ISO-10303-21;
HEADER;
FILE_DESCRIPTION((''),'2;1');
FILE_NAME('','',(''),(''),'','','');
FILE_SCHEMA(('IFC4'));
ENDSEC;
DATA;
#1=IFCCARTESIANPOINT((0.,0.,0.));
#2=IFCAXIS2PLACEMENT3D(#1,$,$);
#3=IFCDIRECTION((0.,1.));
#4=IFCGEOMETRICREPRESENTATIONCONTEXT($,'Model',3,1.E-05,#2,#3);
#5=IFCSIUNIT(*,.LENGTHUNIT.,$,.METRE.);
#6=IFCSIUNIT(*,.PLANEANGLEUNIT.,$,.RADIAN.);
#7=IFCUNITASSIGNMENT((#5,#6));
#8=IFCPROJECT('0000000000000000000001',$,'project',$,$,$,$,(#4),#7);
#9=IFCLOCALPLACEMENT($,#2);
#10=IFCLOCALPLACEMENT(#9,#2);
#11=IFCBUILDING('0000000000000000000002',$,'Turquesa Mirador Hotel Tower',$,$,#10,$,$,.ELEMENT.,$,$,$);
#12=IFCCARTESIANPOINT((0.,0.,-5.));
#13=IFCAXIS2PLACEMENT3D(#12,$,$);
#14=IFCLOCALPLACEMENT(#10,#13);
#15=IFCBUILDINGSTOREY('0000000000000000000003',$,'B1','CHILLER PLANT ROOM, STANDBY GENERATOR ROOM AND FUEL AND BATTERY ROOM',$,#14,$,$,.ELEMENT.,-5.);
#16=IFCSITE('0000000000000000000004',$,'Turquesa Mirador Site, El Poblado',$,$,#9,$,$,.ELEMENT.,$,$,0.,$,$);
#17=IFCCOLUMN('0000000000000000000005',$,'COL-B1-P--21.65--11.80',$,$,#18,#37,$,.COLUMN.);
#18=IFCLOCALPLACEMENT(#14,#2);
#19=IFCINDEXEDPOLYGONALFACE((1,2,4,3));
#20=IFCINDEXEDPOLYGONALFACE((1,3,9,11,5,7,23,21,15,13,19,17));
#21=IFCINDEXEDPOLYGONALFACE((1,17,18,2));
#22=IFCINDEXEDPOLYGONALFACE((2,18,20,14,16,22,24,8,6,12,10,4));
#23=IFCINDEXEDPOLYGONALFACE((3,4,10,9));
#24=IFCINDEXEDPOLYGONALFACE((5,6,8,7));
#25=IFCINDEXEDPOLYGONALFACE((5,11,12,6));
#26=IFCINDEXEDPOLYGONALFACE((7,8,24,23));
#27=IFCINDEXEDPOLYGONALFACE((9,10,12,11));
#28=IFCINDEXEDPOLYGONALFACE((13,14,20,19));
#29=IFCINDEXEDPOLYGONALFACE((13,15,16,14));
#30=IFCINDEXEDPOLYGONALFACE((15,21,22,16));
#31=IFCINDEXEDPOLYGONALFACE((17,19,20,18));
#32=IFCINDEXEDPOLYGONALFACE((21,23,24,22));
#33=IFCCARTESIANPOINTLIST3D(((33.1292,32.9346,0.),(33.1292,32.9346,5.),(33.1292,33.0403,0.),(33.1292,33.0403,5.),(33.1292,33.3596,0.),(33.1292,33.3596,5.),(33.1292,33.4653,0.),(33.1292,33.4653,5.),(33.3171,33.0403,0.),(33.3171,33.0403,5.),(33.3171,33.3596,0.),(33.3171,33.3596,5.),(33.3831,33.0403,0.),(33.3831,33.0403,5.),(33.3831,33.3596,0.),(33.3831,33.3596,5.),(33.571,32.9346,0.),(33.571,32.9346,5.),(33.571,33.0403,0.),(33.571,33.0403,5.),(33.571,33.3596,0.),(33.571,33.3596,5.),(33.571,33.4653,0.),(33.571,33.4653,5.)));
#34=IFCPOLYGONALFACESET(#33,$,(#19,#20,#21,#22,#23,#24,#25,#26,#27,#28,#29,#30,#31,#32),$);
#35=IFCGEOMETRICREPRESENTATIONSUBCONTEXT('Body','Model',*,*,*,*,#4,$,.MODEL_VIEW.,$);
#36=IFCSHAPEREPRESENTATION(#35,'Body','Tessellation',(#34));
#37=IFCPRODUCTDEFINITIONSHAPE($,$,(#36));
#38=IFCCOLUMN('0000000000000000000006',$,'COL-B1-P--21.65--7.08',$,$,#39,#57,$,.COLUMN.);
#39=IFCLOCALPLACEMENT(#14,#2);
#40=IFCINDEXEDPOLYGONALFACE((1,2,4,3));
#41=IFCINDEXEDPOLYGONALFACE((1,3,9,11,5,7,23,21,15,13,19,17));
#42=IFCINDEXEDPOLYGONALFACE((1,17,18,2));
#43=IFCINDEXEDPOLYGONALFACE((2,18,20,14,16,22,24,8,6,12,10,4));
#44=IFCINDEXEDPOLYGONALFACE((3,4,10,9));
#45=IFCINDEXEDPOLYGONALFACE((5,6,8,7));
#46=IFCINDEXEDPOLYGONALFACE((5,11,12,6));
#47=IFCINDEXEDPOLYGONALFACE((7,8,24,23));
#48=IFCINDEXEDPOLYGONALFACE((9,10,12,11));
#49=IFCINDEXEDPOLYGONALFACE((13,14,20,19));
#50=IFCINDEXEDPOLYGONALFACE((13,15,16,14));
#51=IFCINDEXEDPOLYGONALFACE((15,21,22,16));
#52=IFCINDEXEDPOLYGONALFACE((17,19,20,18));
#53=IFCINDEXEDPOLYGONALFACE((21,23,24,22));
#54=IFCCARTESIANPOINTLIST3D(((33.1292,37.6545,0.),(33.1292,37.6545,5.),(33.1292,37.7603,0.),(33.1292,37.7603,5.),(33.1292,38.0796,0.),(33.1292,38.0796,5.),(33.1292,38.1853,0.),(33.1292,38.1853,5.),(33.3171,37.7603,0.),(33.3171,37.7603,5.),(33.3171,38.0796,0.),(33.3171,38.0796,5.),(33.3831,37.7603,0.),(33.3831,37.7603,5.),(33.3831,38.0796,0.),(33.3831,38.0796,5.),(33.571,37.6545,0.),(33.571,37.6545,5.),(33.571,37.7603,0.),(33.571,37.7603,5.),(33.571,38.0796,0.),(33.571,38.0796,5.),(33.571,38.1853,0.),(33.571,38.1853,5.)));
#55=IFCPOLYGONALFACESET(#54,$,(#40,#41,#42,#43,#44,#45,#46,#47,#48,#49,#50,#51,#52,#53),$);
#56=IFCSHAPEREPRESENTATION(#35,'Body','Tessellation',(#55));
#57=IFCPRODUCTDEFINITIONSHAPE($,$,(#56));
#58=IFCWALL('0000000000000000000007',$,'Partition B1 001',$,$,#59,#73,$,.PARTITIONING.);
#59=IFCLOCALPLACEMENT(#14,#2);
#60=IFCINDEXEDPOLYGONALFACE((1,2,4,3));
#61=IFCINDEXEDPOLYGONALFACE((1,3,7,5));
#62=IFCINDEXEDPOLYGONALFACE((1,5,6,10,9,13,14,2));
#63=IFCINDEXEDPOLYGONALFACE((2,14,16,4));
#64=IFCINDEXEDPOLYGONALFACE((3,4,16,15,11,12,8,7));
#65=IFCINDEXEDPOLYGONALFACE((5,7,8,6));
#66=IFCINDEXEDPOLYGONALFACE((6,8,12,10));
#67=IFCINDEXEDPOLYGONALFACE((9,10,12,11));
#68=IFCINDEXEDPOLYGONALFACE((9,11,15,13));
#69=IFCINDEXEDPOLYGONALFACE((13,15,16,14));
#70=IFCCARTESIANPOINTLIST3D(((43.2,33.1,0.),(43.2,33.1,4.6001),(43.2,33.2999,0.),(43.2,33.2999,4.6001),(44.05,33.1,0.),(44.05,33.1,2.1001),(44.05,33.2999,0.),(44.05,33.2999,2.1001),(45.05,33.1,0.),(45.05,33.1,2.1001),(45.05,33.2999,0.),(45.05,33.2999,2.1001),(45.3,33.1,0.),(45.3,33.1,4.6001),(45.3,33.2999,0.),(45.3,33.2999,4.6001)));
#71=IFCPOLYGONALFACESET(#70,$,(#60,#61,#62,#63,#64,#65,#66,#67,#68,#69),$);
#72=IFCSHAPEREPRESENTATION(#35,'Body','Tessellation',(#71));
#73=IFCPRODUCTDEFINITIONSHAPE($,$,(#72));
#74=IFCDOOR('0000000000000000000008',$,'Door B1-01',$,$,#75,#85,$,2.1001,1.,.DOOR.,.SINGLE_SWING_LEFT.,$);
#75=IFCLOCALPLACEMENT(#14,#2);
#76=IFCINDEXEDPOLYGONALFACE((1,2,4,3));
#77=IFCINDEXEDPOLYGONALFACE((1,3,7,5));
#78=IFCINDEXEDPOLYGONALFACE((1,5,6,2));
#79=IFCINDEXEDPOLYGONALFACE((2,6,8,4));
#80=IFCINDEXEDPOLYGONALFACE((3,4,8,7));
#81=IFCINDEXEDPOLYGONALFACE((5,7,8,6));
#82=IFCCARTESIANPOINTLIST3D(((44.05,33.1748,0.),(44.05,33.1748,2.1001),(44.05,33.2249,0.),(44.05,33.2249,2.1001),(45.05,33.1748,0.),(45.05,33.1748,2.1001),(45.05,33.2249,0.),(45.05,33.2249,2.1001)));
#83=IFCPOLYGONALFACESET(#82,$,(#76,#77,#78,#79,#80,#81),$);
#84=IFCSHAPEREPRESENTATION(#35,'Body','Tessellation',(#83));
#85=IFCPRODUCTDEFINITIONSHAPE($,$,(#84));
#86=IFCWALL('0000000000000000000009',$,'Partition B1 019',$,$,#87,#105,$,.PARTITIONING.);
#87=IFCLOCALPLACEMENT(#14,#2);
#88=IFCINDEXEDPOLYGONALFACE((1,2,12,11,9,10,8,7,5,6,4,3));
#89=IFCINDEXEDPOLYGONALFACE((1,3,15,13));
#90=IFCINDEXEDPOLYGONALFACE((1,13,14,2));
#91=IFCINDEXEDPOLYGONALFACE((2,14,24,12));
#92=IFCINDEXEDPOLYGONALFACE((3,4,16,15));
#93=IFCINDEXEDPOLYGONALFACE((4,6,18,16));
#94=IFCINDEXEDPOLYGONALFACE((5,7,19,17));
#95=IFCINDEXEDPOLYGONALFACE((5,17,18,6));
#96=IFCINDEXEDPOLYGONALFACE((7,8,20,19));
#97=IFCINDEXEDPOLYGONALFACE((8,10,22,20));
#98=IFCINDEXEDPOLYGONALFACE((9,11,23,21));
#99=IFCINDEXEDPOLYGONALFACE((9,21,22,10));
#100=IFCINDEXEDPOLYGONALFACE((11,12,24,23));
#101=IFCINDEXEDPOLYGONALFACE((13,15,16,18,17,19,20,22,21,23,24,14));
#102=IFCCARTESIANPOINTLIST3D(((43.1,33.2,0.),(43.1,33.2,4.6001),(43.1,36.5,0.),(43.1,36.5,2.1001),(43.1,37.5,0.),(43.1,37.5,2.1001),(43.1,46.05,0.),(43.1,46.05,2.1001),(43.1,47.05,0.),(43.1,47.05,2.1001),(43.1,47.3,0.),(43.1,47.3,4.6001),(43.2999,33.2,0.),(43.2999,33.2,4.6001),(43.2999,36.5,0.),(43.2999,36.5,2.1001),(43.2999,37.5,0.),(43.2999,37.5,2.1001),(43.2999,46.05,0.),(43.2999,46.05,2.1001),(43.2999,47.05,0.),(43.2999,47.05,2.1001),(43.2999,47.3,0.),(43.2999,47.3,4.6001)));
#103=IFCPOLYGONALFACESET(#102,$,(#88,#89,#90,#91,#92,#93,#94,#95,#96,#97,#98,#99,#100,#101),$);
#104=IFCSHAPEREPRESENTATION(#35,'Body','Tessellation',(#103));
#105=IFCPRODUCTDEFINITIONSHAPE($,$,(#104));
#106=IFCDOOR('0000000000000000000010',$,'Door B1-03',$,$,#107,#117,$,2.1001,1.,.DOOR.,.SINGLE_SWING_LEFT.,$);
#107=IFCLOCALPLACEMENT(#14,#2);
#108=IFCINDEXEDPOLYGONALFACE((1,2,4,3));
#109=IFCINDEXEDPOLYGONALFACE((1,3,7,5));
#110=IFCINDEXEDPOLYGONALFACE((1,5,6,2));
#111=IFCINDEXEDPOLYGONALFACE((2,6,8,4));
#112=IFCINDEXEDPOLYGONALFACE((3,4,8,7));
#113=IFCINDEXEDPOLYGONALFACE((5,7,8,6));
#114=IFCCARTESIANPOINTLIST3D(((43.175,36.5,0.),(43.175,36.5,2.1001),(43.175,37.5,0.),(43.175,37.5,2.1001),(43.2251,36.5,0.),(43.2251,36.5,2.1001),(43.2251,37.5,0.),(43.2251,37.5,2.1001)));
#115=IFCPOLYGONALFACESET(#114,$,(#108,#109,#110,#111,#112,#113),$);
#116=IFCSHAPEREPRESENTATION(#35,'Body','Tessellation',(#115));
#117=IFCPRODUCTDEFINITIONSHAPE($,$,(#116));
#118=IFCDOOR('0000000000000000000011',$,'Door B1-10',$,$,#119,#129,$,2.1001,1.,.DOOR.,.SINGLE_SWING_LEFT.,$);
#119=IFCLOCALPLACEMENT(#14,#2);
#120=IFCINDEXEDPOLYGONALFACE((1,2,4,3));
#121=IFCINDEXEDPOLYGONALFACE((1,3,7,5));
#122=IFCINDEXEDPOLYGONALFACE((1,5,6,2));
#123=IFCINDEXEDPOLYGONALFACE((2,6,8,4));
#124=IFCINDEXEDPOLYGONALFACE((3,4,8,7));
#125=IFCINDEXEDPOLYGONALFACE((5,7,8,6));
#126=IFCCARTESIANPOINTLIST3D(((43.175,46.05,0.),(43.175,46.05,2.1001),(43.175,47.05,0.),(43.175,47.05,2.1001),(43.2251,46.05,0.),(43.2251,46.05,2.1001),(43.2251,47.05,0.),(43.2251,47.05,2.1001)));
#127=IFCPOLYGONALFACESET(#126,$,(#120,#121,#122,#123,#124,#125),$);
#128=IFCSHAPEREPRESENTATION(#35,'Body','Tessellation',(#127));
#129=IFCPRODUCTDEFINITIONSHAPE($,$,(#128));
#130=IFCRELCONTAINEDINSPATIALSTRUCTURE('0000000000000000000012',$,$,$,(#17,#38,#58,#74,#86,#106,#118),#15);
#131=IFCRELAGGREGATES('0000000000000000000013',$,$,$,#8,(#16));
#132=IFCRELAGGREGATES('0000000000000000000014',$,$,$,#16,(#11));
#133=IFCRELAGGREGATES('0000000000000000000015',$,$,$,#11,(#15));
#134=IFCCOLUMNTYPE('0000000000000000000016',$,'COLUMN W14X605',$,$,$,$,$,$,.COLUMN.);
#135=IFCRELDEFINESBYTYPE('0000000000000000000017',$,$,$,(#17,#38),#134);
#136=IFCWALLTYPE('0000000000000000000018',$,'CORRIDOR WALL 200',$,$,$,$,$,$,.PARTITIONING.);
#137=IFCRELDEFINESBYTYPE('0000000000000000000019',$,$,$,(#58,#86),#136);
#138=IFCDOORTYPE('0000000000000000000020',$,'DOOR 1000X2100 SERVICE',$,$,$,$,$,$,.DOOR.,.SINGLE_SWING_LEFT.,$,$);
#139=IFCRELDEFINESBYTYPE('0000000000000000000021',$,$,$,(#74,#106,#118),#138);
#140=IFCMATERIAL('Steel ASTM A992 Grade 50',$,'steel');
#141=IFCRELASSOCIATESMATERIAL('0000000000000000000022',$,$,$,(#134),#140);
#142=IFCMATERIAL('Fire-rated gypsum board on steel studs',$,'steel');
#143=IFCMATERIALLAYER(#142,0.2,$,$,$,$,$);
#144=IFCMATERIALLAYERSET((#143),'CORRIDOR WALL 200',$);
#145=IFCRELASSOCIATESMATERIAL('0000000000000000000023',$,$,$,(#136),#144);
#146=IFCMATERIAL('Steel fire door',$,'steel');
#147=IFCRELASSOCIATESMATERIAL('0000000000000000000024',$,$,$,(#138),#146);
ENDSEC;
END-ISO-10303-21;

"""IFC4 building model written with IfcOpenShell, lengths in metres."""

from ifc_helpers import new_model, si_unit, direction, frame, frame_2d, origin, origin_2d, place, context, subcontext, project, spatial, rectangle, i_section, extrude, material, layer, layer_set, material_profile, profile_set, type_object, element, fill, save


model = new_model("IFC4")

# Units and contexts
model_context = context("Model", 3, precision=1e-05, world=origin(), true_north=direction((0.0, 1.0)))
body_context = subcontext(model_context, "Body", "Model", "MODEL_VIEW")
ifc_project = project(units=[si_unit("LENGTHUNIT", "METRE"), si_unit("PLANEANGLEUNIT", "RADIAN")], contexts=[model_context])

# Site, building, storey
site_placement = place(None, origin())
site = spatial("IfcSite", under=ifc_project, at=site_placement, Name="Turquesa Mirador Site, El Poblado", CompositionType="ELEMENT", RefElevation=0.0)
building_placement = place(site_placement, origin())
building = spatial("IfcBuilding", under=site, at=building_placement, Name="Turquesa Mirador Hotel Tower", CompositionType="ELEMENT")
storey_placement = place(building_placement, frame((0.0, 0.0, -5.0)))
storey = spatial("IfcBuildingStorey", under=building, at=storey_placement, Name="B1", Description="CHILLER PLANT ROOM, STANDBY GENERATOR ROOM AND FUEL AND BATTERY ROOM", CompositionType="ELEMENT", Elevation=-5.0)

# Columns
ifc_material_1 = material(Name="Steel ASTM A992 Grade 50", Category="steel")
ifc_material_profile_1 = material_profile(ifc_material_1, i_section(OverallWidth=0.4419, OverallDepth=0.5308, WebThickness=0.0659, FlangeThickness=0.1057, at=origin_2d()), Name="W14X605")
ifc_profile_set_1 = profile_set([ifc_material_profile_1], Name="Steel ASTM A992 Grade 50")
column_type_1 = type_object("IfcColumnType", Name="COLUMN W14X605", PredefinedType="COLUMN", material=ifc_profile_set_1)
for number, where, z_axis, x_axis, name in (
    (1, (33.3501, 33.2, 0.0), (0.0, 0.0, 1.0), (1.0, 0.0, 0.0), "COL-B1-P--21.65--11.80"),
    (2, (33.3501, 37.9199, 0.0), (0.0, 0.0, 1.0), (1.0, 0.0, 0.0), "COL-B1-P--21.65--7.08"),
):
    element("IfcColumn", number, at=place(storey_placement, frame(where, z_axis=z_axis, x_axis=x_axis)), inside=storey, type_object=column_type_1, Name=name, PredefinedType="COLUMN", context=body_context, shape_type="SweptSolid", body=[
        extrude(i_section(OverallWidth=0.4419, OverallDepth=0.5308, WebThickness=0.0659, FlangeThickness=0.1057, at=origin_2d()), origin(), (0.0, 0.0, 1.0), 5.0),
    ])

# Wall, opening, door
ifc_material_2 = material(Name="Fire-rated gypsum board on steel studs", Category="steel")
ifc_layer = layer(ifc_material_2, 0.2)
ifc_layer_set = layer_set([ifc_layer], Name="CORRIDOR WALL 200")
wall_type = type_object("IfcWallType", Name="CORRIDOR WALL 200", PredefinedType="PARTITIONING", material=ifc_layer_set)
wall_1_placement = place(storey_placement, frame((43.2, 33.2, 0.0), z_axis=(0.0, 0.0, 1.0), x_axis=(1.0, 0.0, 0.0)))
wall_1 = element("IfcWall", 3, at=wall_1_placement, inside=storey, type_object=wall_type, Name="Partition B1 001", PredefinedType="PARTITIONING", context=body_context, shape_type="SweptSolid", body=[
    extrude(rectangle(XDim=2.1001, YDim=0.2, at=frame_2d((1.05, 0.0))), origin(), (0.0, 0.0, 1.0), 4.6001),
])
opening_1_placement = place(wall_1_placement, frame((0.8501, 0.0, 0.0)))
opening_1 = element("IfcOpeningElement", 4, at=opening_1_placement, cuts=wall_1, PredefinedType="OPENING", context=body_context, shape_type="SweptSolid", body=[
    extrude(rectangle(XDim=1.0, YDim=2.1001, at=frame_2d((0.5, 1.05))), frame((0.0, 0.1099, 0.0), z_axis=(0.0, -1.0, 0.0), x_axis=(1.0, 0.0, 0.0)), (0.0, 0.0, 1.0), 0.22),
])
ifc_material_3 = material(Name="Steel fire door", Category="steel")
door_type = type_object("IfcDoorType", Name="DOOR 1000X2100 SERVICE", OperationType="SINGLE_SWING_LEFT", PredefinedType="DOOR", material=ifc_material_3)
door_1_placement = place(opening_1_placement, origin())
door_1 = element("IfcDoor", 5, at=door_1_placement, inside=storey, type_object=door_type, Name="Door B1-01", OperationType="SINGLE_SWING_LEFT", OverallHeight=2.1001, OverallWidth=1.0, PredefinedType="DOOR", context=body_context, shape_type="SweptSolid", body=[
    extrude(rectangle(XDim=1.0, YDim=2.1001, at=frame_2d((0.5, 1.05))), frame((0.0, 0.0249, 0.0), z_axis=(0.0, -1.0, 0.0), x_axis=(1.0, 0.0, 0.0)), (0.0, 0.0, 1.0), 0.05),
])
fill(opening_1, door_1)

# Wall, openings, doors
wall_2_placement = place(storey_placement, frame((43.2, 33.2, 0.0), z_axis=(0.0, 0.0, 1.0), x_axis=(0.0, 1.0, 0.0)))
wall_2 = element("IfcWall", 6, at=wall_2_placement, inside=storey, type_object=wall_type, Name="Partition B1 019", PredefinedType="PARTITIONING", context=body_context, shape_type="SweptSolid", body=[
    extrude(rectangle(XDim=14.1001, YDim=0.2, at=frame_2d((7.05, 0.0))), origin(), (0.0, 0.0, 1.0), 4.6001),
])
opening_2_placement = place(wall_2_placement, frame((3.3, 0.0, 0.0)))
opening_2 = element("IfcOpeningElement", 7, at=opening_2_placement, cuts=wall_2, PredefinedType="OPENING", context=body_context, shape_type="SweptSolid", body=[
    extrude(rectangle(XDim=1.0, YDim=2.1001, at=frame_2d((0.5, 1.05))), frame((0.0, 0.1099, 0.0), z_axis=(0.0, -1.0, 0.0), x_axis=(1.0, 0.0, 0.0)), (0.0, 0.0, 1.0), 0.22),
])
opening_3_placement = place(wall_2_placement, frame((12.8501, 0.0, 0.0)))
opening_3 = element("IfcOpeningElement", 8, at=opening_3_placement, cuts=wall_2, PredefinedType="OPENING", context=body_context, shape_type="SweptSolid", body=[
    extrude(rectangle(XDim=1.0, YDim=2.1001, at=frame_2d((0.5, 1.05))), frame((0.0, 0.1099, 0.0), z_axis=(0.0, -1.0, 0.0), x_axis=(1.0, 0.0, 0.0)), (0.0, 0.0, 1.0), 0.22),
])
door_2_placement = place(opening_2_placement, origin())
door_2 = element("IfcDoor", 9, at=door_2_placement, inside=storey, type_object=door_type, Name="Door B1-03", OperationType="SINGLE_SWING_LEFT", OverallHeight=2.1001, OverallWidth=1.0, PredefinedType="DOOR", context=body_context, shape_type="SweptSolid", body=[
    extrude(rectangle(XDim=1.0, YDim=2.1001, at=frame_2d((0.5, 1.05))), frame((0.0, 0.0249, 0.0), z_axis=(0.0, -1.0, 0.0), x_axis=(1.0, 0.0, 0.0)), (0.0, 0.0, 1.0), 0.05),
])
fill(opening_2, door_2)
door_3_placement = place(opening_3_placement, origin())
door_3 = element("IfcDoor", 10, at=door_3_placement, inside=storey, type_object=door_type, Name="Door B1-10", OperationType="SINGLE_SWING_LEFT", OverallHeight=2.1001, OverallWidth=1.0, PredefinedType="DOOR", context=body_context, shape_type="SweptSolid", body=[
    extrude(rectangle(XDim=1.0, YDim=2.1001, at=frame_2d((0.5, 1.05))), frame((0.0, 0.0249, 0.0), z_axis=(0.0, -1.0, 0.0), x_axis=(1.0, 0.0, 0.0)), (0.0, 0.0, 1.0), 0.05),
])
fill(opening_3, door_3)

save(model, "model.ifc")
